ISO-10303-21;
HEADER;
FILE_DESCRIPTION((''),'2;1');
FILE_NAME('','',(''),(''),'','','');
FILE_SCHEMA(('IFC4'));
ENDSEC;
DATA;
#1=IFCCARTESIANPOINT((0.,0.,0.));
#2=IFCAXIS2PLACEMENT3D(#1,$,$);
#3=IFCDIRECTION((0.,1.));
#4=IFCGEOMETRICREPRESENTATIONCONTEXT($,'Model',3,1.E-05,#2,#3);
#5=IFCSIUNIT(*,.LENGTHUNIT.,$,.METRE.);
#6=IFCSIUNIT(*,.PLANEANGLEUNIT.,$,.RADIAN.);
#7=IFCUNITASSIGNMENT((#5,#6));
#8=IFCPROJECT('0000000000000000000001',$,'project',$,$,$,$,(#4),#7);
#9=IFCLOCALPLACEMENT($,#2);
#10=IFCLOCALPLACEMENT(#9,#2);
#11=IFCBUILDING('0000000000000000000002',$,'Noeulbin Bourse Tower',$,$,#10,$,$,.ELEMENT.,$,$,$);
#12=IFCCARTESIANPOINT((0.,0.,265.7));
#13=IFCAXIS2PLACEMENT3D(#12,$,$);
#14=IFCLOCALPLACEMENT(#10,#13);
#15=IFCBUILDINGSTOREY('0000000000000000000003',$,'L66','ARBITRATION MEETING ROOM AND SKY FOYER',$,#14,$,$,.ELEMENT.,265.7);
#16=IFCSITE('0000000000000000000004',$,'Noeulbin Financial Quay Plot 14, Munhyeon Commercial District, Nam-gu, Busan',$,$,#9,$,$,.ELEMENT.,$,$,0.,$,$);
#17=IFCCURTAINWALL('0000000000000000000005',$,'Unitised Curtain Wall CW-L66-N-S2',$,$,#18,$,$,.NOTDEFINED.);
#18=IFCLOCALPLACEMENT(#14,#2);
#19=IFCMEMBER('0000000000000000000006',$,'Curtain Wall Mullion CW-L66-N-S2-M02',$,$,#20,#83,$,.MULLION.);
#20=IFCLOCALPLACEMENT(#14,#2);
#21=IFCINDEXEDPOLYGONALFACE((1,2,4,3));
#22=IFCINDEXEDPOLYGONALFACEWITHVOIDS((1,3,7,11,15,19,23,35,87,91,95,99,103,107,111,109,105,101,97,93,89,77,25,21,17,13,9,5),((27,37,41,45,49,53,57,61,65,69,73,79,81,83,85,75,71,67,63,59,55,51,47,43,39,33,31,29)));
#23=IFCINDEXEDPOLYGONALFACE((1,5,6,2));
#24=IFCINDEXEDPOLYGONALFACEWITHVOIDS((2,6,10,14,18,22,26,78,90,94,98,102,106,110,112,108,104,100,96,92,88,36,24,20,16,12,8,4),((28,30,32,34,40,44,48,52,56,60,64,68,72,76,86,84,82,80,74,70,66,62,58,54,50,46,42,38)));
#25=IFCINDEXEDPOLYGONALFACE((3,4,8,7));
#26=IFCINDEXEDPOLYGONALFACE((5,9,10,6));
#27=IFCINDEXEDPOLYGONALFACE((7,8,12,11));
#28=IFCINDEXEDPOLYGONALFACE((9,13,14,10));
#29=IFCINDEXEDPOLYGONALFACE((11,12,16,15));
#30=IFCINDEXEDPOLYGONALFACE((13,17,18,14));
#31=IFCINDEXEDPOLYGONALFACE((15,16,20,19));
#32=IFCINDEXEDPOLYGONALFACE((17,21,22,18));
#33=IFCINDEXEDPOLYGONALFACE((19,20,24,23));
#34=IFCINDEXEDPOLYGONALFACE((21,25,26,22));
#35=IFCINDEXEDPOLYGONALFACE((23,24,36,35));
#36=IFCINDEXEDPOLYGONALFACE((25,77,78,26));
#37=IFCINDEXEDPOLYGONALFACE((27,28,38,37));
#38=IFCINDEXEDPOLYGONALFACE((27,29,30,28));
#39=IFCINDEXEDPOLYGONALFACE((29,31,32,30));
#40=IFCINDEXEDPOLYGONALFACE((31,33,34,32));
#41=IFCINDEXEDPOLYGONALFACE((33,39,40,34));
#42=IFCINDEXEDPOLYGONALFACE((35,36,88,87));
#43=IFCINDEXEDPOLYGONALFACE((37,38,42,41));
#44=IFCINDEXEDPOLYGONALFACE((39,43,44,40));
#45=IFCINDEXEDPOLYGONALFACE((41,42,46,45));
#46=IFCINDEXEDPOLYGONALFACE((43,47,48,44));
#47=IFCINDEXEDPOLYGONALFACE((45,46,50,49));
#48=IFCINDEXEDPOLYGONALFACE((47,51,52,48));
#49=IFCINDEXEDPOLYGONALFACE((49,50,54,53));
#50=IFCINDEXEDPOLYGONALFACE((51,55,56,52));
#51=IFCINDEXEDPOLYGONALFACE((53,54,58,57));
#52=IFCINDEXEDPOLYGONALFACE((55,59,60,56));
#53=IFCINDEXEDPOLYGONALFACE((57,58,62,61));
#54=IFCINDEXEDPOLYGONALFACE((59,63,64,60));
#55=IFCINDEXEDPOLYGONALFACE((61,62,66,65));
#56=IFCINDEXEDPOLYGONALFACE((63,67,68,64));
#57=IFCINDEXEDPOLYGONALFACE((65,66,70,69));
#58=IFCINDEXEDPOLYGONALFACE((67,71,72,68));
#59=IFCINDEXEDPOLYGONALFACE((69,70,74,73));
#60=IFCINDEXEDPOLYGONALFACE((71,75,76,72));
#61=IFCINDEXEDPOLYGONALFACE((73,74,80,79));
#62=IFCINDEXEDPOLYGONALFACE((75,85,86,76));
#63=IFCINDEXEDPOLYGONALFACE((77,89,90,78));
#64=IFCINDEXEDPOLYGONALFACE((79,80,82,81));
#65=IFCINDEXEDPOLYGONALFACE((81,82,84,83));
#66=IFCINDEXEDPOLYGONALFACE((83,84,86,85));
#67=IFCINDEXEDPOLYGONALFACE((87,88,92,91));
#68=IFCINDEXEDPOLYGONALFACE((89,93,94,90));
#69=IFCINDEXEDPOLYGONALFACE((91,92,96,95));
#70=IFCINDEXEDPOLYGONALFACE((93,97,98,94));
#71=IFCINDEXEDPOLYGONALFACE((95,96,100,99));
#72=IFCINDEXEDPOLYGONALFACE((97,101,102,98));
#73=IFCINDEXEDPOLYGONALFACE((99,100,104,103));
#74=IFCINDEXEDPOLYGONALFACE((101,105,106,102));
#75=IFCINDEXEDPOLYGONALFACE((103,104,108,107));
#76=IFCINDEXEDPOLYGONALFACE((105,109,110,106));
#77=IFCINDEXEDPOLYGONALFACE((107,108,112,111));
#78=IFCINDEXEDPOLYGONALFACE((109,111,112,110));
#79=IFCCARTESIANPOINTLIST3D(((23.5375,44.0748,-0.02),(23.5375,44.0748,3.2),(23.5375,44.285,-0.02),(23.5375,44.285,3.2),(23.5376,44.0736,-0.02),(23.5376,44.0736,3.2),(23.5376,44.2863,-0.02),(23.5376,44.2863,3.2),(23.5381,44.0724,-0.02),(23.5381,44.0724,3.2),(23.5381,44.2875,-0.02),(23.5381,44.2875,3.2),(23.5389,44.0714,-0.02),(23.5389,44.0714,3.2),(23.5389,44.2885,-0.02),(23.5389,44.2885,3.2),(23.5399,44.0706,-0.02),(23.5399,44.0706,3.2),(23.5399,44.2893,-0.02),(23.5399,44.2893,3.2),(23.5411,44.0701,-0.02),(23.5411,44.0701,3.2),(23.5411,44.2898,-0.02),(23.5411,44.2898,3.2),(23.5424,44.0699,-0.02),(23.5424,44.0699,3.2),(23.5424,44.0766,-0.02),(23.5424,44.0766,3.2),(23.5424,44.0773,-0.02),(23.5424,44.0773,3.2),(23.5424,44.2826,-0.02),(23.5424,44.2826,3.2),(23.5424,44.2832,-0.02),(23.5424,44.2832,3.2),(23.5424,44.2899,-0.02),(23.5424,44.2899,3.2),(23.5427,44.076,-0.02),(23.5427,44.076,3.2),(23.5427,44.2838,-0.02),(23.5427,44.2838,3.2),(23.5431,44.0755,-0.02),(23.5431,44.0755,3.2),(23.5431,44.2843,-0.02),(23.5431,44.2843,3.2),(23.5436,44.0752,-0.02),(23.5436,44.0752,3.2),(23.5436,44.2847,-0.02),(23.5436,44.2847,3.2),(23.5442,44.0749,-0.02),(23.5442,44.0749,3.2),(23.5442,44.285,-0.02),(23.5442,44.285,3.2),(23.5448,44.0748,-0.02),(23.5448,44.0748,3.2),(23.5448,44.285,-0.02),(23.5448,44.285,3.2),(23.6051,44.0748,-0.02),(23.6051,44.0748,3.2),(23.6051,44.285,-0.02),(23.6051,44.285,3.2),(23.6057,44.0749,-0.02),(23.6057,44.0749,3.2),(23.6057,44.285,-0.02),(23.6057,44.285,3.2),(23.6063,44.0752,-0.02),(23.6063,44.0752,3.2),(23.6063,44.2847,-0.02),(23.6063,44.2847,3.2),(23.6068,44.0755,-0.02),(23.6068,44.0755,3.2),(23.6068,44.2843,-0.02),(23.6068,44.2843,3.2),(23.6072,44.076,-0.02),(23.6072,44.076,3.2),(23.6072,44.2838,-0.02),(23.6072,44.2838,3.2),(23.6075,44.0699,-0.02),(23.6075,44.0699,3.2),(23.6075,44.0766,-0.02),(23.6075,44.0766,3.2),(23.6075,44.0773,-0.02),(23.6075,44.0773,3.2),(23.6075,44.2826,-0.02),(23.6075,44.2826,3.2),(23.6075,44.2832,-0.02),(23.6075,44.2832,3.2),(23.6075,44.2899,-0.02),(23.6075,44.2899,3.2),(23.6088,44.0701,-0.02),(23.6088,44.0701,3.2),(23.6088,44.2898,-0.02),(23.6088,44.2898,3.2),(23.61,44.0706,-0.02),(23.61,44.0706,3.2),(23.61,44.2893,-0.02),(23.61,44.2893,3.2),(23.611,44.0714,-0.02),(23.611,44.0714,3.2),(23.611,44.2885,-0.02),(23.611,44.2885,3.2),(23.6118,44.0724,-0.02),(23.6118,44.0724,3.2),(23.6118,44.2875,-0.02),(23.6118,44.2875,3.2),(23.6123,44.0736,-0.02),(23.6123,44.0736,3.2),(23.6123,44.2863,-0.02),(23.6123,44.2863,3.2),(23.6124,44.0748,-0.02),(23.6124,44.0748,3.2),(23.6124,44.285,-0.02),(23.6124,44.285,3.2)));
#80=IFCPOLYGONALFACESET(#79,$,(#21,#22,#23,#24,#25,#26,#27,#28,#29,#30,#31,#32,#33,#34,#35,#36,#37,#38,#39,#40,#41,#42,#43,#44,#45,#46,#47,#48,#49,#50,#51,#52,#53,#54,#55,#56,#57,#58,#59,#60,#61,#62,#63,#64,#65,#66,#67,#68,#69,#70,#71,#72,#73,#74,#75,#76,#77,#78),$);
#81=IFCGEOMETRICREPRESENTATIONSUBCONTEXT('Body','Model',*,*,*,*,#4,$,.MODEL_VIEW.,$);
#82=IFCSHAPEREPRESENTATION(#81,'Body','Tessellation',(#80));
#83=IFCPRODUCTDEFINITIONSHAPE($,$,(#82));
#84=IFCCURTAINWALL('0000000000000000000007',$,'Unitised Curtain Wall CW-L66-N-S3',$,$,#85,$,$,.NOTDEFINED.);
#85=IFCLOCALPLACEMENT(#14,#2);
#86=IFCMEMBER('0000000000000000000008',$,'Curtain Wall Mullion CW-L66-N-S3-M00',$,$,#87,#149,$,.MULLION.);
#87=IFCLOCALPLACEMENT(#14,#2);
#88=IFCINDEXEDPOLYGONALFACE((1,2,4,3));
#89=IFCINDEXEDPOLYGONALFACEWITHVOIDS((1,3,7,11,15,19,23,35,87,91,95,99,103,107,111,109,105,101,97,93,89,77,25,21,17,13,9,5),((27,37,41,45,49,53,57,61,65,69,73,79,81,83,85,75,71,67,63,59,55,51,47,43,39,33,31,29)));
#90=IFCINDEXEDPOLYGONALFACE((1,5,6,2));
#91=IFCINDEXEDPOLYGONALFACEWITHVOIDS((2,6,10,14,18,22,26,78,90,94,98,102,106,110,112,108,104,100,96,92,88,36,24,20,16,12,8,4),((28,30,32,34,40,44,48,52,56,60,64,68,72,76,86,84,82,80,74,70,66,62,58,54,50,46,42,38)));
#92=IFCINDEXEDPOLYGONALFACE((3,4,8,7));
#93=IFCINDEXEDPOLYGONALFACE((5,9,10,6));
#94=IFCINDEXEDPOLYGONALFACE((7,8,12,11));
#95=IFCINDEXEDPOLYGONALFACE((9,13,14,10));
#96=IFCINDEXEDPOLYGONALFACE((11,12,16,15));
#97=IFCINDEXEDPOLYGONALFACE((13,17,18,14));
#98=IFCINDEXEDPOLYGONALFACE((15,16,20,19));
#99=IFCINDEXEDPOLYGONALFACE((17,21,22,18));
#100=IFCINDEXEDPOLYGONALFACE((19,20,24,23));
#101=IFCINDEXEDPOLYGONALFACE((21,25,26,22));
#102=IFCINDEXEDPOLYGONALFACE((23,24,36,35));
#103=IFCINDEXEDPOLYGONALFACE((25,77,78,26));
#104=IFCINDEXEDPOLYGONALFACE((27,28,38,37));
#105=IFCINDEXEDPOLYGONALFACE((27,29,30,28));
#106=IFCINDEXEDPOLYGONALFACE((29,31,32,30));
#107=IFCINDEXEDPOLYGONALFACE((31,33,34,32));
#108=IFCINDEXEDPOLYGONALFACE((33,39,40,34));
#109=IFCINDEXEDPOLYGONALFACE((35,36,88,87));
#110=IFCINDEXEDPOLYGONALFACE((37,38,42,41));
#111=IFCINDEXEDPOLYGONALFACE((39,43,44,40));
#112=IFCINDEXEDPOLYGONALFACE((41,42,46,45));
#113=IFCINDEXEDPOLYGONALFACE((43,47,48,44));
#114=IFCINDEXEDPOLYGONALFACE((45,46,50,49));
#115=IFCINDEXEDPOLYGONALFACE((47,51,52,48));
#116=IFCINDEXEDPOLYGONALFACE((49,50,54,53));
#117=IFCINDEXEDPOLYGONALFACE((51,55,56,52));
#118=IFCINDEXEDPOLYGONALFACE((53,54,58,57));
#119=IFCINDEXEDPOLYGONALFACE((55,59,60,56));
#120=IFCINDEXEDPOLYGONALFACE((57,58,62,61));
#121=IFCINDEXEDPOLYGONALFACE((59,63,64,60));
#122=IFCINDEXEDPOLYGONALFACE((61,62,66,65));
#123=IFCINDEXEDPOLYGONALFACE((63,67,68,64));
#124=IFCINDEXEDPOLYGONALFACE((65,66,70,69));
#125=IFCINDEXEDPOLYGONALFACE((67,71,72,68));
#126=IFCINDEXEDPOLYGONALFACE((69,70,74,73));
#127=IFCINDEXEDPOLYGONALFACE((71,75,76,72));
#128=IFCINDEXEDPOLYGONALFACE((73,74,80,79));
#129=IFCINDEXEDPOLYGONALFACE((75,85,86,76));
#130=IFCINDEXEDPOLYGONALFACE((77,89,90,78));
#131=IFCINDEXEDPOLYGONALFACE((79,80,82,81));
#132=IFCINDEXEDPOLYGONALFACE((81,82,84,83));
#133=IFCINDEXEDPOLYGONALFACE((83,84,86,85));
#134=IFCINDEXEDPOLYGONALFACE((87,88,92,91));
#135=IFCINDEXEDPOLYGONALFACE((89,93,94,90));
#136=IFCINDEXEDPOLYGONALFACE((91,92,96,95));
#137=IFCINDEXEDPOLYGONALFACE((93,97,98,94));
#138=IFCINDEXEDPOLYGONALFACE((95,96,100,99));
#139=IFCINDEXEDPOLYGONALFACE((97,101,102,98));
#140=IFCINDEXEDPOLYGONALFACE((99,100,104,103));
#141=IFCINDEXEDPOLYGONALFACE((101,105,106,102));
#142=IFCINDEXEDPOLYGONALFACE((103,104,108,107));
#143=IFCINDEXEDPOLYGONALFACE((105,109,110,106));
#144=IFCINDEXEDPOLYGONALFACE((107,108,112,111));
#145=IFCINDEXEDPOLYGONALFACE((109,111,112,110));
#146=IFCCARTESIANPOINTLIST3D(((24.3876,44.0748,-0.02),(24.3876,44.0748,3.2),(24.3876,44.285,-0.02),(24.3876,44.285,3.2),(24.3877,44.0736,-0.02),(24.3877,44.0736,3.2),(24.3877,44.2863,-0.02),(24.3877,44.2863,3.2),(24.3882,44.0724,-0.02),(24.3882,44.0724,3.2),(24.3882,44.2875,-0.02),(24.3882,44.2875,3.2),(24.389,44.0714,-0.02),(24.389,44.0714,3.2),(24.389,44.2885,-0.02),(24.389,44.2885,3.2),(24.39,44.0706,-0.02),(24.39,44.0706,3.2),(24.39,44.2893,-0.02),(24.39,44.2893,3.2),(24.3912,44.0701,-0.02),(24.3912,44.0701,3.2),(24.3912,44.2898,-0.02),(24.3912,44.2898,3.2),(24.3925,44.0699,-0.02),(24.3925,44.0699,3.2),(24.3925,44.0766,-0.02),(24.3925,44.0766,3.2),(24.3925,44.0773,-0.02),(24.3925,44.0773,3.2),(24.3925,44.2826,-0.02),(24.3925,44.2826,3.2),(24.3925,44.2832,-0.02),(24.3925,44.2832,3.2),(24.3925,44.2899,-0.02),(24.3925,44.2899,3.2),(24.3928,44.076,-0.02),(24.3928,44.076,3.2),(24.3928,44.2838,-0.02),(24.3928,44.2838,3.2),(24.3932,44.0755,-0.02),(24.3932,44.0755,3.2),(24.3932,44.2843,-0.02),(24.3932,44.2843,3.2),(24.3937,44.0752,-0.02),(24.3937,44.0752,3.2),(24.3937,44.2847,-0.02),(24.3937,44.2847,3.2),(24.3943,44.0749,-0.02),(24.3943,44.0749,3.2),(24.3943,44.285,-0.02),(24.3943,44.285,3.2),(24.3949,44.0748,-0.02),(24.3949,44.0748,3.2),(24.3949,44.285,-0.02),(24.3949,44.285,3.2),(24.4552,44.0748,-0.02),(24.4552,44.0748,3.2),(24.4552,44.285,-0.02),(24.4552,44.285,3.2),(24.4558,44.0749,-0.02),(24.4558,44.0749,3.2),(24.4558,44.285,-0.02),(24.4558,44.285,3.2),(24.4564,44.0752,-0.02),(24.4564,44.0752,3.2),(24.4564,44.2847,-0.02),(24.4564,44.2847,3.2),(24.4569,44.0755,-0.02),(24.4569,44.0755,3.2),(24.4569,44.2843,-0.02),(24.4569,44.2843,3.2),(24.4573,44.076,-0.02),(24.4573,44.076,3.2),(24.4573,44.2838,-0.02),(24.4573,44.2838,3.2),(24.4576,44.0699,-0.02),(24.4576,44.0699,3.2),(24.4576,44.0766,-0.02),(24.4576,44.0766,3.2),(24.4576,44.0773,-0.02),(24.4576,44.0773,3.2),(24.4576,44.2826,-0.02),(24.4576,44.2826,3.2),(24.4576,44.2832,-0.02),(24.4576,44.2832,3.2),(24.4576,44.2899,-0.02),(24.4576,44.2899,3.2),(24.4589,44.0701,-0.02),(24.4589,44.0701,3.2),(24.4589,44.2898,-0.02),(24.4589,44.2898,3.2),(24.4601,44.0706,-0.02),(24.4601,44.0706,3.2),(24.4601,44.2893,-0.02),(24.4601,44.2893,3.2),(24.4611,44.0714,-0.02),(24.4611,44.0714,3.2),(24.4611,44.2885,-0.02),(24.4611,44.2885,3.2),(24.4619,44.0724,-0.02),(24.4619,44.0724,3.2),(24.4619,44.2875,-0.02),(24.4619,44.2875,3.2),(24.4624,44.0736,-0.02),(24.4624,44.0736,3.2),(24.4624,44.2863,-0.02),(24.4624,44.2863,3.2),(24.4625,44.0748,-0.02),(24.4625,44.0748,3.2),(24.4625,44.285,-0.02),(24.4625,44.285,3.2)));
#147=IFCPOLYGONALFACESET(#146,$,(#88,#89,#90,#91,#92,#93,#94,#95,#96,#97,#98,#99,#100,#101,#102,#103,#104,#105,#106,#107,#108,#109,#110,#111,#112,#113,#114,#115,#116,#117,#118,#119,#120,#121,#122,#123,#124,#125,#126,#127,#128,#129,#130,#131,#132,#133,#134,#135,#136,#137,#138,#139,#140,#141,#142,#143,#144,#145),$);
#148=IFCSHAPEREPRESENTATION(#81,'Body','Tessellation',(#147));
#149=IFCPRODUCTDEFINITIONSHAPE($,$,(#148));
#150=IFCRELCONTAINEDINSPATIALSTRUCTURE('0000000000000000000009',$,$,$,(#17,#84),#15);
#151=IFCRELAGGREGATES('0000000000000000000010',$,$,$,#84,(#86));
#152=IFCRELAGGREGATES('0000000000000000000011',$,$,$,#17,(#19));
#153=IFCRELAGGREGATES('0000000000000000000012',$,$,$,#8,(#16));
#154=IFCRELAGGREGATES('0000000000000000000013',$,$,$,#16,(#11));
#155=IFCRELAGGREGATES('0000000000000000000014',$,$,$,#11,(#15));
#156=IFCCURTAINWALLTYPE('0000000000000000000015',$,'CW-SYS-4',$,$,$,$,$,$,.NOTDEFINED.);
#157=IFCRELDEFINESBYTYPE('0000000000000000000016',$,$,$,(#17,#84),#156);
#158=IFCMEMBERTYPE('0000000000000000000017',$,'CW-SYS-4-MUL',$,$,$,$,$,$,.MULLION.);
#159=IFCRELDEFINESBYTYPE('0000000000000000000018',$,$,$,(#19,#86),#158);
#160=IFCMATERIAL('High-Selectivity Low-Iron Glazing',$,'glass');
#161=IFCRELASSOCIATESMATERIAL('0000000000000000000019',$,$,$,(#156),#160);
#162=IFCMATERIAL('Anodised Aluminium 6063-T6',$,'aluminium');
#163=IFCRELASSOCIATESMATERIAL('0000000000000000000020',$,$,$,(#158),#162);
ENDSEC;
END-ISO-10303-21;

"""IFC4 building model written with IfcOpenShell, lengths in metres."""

from ifc_helpers import new_model, si_unit, direction, frame, origin, origin_2d, place, context, subcontext, project, spatial, hollow_rectangle, extrude, material, material_profile, profile_set, type_object, element, aggregate, save


model = new_model("IFC4")

# Units and contexts
model_context = context("Model", 3, precision=1e-05, world=origin(), true_north=direction((0.0, 1.0)))
body_context = subcontext(model_context, "Body", "Model", "MODEL_VIEW")
ifc_project = project(units=[si_unit("LENGTHUNIT", "METRE"), si_unit("PLANEANGLEUNIT", "RADIAN")], contexts=[model_context])

# Site, building, storey
site_placement = place(None, origin())
site = spatial("IfcSite", under=ifc_project, at=site_placement, Name="Noeulbin Financial Quay Plot 14, Munhyeon Commercial District, Nam-gu, Busan", CompositionType="ELEMENT", RefElevation=0.0)
building_placement = place(site_placement, origin())
building = spatial("IfcBuilding", under=site, at=building_placement, Name="Noeulbin Bourse Tower", CompositionType="ELEMENT")
storey_placement = place(building_placement, frame((0.0, 0.0, 265.7)))
storey = spatial("IfcBuildingStorey", under=building, at=storey_placement, Name="L66", Description="ARBITRATION MEETING ROOM AND SKY FOYER", CompositionType="ELEMENT", Elevation=265.7)

# Curtain walls, members
ifc_material_1 = material(Name="High-Selectivity Low-Iron Glazing", Category="glass")
curtain_wall_type = type_object("IfcCurtainWallType", Name="CW-SYS-4", PredefinedType="NOTDEFINED", material=ifc_material_1)
curtain_wall_1_placement = place(storey_placement, origin())
curtain_wall_1 = element("IfcCurtainWall", 1, at=curtain_wall_1_placement, inside=storey, type_object=curtain_wall_type, Name="Unitised Curtain Wall CW-L66-N-S2", PredefinedType="NOTDEFINED")
ifc_material_2 = material(Name="Anodised Aluminium 6063-T6", Category="aluminium")
ifc_material_profile_1 = material_profile(ifc_material_2, hollow_rectangle(XDim=0.075, YDim=0.22, WallThickness=0.0049, InnerFilletRadius=0.0024, OuterFilletRadius=0.0049, at=origin_2d()), Name="ALU-MULL-75x220x5", Category="LoadBearing")
ifc_profile_set_1 = profile_set([ifc_material_profile_1], Name="Anodised Aluminium 6063-T6")
member_type_1 = type_object("IfcMemberType", Name="CW-SYS-4-MUL", PredefinedType="MULLION", material=ifc_profile_set_1)
member_1_placement = place(storey_placement, frame((23.575, 44.1799, -0.02), z_axis=(0.0, 0.0, 1.0), x_axis=(1.0, 0.0, 0.0)))
member_1 = element("IfcMember", 2, at=member_1_placement, type_object=member_type_1, Name="Curtain Wall Mullion CW-L66-N-S2-M02", PredefinedType="MULLION", context=body_context, shape_type="SweptSolid", body=[
    extrude(hollow_rectangle(XDim=0.075, YDim=0.22, WallThickness=0.0049, InnerFilletRadius=0.0024, OuterFilletRadius=0.0049, at=origin_2d()), origin(), (0.0, 0.0, 1.0), 3.22),
])
curtain_wall_2_placement = place(storey_placement, origin())
curtain_wall_2 = element("IfcCurtainWall", 3, at=curtain_wall_2_placement, inside=storey, type_object=curtain_wall_type, Name="Unitised Curtain Wall CW-L66-N-S3", PredefinedType="NOTDEFINED")
member_2_placement = place(storey_placement, frame((24.425, 44.1799, -0.02), z_axis=(0.0, 0.0, 1.0), x_axis=(1.0, 0.0, 0.0)))
member_2 = element("IfcMember", 4, at=member_2_placement, type_object=member_type_1, Name="Curtain Wall Mullion CW-L66-N-S3-M00", PredefinedType="MULLION", context=body_context, shape_type="SweptSolid", body=[
    extrude(hollow_rectangle(XDim=0.075, YDim=0.22, WallThickness=0.0049, InnerFilletRadius=0.0024, OuterFilletRadius=0.0049, at=origin_2d()), origin(), (0.0, 0.0, 1.0), 3.22),
])
aggregate(curtain_wall_2, [member_2])

aggregate(curtain_wall_1, [member_1])

save(model, "model.ifc")
